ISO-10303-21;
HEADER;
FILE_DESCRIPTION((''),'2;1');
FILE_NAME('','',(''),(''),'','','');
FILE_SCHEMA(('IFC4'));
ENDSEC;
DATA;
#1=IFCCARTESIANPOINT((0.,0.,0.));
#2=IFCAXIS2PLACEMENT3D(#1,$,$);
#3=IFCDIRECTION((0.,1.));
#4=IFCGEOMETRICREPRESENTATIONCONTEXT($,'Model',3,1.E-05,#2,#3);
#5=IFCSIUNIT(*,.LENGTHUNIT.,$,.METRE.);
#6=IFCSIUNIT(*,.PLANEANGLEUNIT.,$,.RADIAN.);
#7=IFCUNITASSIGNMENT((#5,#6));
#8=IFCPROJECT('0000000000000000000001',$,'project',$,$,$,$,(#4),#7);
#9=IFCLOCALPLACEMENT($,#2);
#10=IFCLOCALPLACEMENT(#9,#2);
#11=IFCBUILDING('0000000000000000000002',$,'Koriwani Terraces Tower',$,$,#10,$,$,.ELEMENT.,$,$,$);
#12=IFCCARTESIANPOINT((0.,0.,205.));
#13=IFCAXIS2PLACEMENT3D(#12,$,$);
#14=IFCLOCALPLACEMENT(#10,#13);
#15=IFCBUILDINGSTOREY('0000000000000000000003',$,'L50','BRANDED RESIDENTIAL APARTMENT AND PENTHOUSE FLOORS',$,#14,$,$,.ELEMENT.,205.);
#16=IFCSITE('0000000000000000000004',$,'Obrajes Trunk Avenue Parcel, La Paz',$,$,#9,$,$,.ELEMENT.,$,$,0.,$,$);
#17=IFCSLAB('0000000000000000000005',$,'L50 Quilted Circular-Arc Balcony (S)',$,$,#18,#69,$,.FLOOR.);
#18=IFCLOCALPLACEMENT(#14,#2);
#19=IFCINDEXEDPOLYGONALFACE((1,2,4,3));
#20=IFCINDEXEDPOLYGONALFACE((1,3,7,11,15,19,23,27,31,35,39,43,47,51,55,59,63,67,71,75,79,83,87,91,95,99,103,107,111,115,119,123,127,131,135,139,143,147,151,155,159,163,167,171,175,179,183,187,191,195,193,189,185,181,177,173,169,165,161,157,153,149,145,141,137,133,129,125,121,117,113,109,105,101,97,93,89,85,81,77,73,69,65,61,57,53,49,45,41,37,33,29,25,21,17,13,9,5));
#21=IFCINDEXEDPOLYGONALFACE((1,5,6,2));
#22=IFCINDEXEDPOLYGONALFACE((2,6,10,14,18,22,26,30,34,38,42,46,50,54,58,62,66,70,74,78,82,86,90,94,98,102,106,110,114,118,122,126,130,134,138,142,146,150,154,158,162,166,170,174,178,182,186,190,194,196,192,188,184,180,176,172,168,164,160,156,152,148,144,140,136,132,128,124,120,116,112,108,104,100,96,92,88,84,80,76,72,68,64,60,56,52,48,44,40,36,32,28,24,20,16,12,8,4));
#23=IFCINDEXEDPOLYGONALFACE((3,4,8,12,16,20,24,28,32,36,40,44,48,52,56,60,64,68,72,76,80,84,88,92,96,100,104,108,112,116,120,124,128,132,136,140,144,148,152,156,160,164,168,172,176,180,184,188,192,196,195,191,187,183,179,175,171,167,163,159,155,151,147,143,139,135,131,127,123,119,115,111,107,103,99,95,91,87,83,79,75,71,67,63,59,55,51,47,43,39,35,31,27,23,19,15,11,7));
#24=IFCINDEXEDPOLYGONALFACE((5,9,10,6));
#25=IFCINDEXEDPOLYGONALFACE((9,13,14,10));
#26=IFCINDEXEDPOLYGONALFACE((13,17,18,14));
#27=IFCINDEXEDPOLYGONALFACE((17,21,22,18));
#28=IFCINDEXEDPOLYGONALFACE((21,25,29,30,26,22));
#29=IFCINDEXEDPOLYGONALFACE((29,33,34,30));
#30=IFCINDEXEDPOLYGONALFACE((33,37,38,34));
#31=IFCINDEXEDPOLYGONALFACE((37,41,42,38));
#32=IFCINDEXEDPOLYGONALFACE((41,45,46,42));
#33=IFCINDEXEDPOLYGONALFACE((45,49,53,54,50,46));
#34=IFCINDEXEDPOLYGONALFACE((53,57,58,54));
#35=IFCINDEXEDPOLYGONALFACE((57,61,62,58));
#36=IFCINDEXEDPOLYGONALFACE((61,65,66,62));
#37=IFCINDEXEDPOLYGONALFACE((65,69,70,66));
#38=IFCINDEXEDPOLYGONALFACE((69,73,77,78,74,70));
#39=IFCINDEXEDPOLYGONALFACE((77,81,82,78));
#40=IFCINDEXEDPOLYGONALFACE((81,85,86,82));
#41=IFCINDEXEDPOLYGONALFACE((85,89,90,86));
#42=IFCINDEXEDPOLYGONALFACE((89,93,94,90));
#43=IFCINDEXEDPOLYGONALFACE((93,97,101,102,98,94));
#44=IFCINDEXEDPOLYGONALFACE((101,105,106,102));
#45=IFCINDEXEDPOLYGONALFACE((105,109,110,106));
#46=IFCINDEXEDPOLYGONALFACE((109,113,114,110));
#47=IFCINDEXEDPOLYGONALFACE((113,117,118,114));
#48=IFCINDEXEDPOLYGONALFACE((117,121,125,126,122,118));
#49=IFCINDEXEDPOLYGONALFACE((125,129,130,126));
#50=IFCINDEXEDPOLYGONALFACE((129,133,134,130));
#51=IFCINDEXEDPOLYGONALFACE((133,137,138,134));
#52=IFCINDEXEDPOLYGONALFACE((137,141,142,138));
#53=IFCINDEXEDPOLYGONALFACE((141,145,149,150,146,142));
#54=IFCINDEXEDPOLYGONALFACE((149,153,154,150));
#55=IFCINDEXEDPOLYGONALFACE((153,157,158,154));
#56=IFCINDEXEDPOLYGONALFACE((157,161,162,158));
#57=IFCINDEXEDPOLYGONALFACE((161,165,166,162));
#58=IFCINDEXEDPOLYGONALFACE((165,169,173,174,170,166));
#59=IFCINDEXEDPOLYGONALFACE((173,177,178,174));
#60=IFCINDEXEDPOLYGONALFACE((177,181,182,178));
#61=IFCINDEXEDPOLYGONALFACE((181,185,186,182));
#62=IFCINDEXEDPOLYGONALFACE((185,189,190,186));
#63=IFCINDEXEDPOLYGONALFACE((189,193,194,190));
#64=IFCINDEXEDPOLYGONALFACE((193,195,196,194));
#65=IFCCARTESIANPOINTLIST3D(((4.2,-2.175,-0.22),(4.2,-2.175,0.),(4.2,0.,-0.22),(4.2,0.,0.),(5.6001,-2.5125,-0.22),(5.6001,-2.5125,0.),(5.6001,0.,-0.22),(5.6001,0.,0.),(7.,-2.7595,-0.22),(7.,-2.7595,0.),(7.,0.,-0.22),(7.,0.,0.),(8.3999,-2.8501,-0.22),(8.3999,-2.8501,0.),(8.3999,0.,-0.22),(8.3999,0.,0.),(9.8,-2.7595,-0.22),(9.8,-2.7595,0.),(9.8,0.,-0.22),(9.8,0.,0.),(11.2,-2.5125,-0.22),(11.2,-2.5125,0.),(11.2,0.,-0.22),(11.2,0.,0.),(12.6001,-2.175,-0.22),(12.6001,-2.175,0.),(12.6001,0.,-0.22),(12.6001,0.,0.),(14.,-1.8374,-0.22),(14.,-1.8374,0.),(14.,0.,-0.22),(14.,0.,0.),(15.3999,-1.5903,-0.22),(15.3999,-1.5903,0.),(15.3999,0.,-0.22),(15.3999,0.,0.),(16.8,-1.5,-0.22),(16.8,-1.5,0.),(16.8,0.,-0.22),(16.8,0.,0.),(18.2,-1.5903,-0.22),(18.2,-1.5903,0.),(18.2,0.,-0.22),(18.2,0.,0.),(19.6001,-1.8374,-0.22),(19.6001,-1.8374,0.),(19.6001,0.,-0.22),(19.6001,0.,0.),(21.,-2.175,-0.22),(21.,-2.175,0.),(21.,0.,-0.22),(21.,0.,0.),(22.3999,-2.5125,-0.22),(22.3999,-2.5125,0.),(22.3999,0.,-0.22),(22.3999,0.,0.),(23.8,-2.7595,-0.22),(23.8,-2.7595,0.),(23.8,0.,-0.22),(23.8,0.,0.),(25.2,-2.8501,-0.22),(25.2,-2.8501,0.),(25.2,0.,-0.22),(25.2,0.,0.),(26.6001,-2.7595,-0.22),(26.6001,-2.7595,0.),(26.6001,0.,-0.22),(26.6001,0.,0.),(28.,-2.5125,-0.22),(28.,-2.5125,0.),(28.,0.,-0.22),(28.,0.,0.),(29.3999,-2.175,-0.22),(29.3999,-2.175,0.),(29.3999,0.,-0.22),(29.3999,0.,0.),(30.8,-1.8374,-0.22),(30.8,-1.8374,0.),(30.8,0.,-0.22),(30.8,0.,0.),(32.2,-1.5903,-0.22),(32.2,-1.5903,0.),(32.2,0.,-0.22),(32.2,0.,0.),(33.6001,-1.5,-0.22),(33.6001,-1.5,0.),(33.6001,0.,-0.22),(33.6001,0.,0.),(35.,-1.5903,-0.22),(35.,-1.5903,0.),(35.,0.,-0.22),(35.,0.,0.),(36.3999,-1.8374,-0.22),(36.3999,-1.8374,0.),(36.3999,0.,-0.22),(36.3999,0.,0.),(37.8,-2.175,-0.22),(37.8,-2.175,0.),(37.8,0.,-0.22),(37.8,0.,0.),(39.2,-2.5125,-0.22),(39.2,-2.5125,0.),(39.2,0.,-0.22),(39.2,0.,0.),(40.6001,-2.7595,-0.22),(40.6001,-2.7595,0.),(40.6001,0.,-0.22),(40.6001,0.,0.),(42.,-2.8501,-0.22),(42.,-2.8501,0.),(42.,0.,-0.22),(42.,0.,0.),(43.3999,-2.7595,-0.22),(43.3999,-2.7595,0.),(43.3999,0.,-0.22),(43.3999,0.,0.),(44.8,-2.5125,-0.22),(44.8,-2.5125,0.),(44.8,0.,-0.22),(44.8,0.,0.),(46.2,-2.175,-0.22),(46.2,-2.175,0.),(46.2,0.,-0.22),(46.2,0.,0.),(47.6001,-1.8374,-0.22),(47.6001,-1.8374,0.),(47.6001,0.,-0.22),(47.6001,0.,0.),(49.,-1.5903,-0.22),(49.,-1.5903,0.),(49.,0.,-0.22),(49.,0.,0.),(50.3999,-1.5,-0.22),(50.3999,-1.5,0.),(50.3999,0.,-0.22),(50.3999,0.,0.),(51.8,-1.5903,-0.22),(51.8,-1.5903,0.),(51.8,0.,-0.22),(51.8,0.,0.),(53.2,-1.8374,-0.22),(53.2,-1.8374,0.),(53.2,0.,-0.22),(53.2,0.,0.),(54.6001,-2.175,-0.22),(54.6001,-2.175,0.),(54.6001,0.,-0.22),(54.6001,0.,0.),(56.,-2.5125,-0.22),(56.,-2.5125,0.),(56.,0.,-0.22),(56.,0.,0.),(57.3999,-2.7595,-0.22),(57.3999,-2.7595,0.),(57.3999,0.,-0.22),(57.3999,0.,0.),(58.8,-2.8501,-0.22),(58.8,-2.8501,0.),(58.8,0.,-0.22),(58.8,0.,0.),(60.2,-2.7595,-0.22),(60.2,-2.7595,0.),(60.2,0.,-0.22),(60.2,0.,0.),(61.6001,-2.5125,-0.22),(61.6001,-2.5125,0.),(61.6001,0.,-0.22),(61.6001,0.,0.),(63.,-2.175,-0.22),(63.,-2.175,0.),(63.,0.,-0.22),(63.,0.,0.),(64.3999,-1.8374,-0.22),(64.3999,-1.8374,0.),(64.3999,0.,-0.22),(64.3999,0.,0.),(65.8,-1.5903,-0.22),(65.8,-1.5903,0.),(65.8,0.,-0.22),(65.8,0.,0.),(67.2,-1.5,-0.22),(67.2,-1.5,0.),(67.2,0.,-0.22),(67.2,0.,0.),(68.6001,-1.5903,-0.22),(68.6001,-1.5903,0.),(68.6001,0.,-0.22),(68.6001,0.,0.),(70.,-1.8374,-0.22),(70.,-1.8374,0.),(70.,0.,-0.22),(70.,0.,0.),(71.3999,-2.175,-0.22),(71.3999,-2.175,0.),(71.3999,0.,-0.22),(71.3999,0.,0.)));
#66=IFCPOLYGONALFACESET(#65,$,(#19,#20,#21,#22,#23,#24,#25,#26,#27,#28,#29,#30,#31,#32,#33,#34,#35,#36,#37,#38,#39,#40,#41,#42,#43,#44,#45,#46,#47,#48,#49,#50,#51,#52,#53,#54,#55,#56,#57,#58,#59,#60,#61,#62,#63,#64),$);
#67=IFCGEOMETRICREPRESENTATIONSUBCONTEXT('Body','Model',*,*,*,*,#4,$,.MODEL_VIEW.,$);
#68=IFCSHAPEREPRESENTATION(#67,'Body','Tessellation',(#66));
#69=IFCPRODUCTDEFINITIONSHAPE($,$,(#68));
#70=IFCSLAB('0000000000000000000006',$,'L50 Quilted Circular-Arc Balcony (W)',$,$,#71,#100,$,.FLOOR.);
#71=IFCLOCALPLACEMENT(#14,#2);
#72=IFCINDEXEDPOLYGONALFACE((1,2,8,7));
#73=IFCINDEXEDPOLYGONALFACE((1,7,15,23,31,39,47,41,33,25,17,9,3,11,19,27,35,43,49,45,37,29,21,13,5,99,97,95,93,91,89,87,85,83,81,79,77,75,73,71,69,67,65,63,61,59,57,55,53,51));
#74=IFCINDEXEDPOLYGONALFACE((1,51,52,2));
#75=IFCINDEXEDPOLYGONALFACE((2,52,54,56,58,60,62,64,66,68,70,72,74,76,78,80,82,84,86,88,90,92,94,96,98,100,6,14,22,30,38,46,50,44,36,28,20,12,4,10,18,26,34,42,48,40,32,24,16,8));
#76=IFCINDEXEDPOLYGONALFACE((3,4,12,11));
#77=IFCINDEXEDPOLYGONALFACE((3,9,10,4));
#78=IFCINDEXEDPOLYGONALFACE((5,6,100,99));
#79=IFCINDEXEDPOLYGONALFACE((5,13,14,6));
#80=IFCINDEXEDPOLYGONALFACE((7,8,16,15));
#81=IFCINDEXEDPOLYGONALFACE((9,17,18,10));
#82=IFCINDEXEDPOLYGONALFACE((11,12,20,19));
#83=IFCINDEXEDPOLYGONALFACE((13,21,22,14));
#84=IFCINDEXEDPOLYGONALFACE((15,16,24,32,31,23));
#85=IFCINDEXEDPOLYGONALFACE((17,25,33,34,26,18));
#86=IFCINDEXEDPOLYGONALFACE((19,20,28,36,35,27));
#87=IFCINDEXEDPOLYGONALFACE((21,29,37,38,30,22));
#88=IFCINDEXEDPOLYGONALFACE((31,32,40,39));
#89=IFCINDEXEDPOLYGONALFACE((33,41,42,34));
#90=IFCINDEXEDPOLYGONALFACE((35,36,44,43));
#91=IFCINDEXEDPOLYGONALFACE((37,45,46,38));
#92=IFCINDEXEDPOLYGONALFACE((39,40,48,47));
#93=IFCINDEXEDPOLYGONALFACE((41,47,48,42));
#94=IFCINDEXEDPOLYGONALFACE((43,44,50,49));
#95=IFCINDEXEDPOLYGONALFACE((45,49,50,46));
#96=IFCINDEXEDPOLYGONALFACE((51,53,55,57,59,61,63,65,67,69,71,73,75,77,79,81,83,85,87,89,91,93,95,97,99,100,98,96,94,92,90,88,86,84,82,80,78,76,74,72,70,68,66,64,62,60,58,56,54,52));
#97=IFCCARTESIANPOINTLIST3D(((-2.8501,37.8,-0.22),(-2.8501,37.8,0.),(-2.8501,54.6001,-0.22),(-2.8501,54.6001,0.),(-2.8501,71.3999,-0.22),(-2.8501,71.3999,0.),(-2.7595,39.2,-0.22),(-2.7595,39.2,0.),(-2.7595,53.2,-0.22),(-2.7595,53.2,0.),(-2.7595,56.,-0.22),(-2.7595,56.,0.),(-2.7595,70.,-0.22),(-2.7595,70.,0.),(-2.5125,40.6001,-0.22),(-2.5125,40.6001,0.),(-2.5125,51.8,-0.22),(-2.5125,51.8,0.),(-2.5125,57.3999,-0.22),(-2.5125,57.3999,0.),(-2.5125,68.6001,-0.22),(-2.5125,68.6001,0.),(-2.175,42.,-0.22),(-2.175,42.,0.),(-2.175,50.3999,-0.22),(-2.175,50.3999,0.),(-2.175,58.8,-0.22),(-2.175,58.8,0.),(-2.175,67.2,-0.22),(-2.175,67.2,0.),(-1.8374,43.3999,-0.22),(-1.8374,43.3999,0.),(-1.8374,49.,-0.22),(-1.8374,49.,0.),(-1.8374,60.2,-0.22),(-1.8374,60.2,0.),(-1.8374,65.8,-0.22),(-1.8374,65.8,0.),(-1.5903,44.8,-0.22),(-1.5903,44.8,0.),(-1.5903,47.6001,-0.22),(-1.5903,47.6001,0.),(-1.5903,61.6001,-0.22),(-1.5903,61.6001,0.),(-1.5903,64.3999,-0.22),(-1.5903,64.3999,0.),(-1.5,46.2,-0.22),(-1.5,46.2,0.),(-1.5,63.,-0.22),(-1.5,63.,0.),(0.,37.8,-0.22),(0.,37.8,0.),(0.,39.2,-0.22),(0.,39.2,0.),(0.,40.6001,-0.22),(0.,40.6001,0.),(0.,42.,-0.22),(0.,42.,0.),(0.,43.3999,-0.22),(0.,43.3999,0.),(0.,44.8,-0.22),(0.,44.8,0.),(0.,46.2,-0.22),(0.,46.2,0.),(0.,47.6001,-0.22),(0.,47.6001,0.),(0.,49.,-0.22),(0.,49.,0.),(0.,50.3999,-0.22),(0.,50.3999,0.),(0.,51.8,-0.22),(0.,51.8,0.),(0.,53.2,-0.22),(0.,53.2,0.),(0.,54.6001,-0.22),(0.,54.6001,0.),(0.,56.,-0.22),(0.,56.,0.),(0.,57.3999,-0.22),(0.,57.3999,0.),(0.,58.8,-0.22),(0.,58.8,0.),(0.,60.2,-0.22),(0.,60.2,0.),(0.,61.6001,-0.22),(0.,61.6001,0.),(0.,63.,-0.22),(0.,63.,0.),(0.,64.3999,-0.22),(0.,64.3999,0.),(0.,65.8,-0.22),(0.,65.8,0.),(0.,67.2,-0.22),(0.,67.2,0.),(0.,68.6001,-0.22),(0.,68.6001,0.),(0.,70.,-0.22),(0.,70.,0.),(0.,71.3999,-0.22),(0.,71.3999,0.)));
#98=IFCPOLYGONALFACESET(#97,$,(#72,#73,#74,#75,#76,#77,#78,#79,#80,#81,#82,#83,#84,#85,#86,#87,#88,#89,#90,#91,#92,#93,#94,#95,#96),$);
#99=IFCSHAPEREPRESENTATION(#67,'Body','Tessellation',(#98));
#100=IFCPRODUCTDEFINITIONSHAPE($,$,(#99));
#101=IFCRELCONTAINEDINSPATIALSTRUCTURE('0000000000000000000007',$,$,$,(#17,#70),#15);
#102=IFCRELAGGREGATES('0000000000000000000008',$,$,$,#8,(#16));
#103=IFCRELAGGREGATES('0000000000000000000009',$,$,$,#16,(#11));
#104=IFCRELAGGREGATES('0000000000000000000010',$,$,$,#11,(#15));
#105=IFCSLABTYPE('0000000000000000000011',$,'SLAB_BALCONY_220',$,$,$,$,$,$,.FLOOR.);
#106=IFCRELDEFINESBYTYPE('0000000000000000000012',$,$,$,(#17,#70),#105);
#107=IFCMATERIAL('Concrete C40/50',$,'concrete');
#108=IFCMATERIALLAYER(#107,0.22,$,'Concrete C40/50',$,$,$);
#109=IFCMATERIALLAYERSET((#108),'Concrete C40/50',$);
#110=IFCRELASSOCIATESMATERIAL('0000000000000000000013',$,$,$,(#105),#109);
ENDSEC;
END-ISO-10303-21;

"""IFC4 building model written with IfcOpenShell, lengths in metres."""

from ifc_helpers import new_model, si_unit, direction, frame, origin, place, context, subcontext, project, spatial, polyline, outline, extrude, material, layer, layer_set, type_object, element, save


model = new_model("IFC4")

# Units and contexts
model_context = context("Model", 3, precision=1e-05, world=origin(), true_north=direction((0.0, 1.0)))
body_context = subcontext(model_context, "Body", "Model", "MODEL_VIEW")
ifc_project = project(units=[si_unit("LENGTHUNIT", "METRE"), si_unit("PLANEANGLEUNIT", "RADIAN")], contexts=[model_context])

# Site, building, storey
site_placement = place(None, origin())
site = spatial("IfcSite", under=ifc_project, at=site_placement, Name="Obrajes Trunk Avenue Parcel, La Paz", CompositionType="ELEMENT", RefElevation=0.0)
building_placement = place(site_placement, origin())
building = spatial("IfcBuilding", under=site, at=building_placement, Name="Koriwani Terraces Tower", CompositionType="ELEMENT")
storey_placement = place(building_placement, frame((0.0, 0.0, 205.0)))
storey = spatial("IfcBuildingStorey", under=building, at=storey_placement, Name="L50", Description="BRANDED RESIDENTIAL APARTMENT AND PENTHOUSE FLOORS", CompositionType="ELEMENT", Elevation=205.0)

# Shared definitions
ifc_material_1 = material(Name="Concrete C40/50", Category="concrete")

# Slabs
ifc_layer_1 = layer(ifc_material_1, 0.22, Name="Concrete C40/50")
ifc_layer_set_1 = layer_set([ifc_layer_1], Name="Concrete C40/50")
slab_type_1 = type_object("IfcSlabType", Name="SLAB_BALCONY_220", PredefinedType="FLOOR", material=ifc_layer_set_1)
slab_1_placement = place(storey_placement, frame((0.0, 0.0, -0.22)))
element("IfcSlab", 1, at=slab_1_placement, inside=storey, type_object=slab_type_1, Name="L50 Quilted Circular-Arc Balcony (S)", PredefinedType="FLOOR", context=body_context, shape_type="SweptSolid", body=[
    extrude(outline(polyline([(4.2, 0.0), (5.6001, 0.0), (7.0, 0.0), (8.3999, 0.0), (9.8, 0.0), (11.2, 0.0), (12.6001, 0.0), (14.0, 0.0), (15.3999, 0.0), (16.8, 0.0), (18.2, 0.0), (19.6001, 0.0), (21.0, 0.0), (22.3999, 0.0), (23.8, 0.0), (25.2, 0.0), (26.6001, 0.0), (28.0, 0.0), (29.3999, 0.0), (30.8, 0.0), (32.2, 0.0), (33.6001, 0.0), (35.0, 0.0), (36.3999, 0.0), (37.8, 0.0), (39.2, 0.0), (40.6001, 0.0), (42.0, 0.0), (43.3999, 0.0), (44.8, 0.0), (46.2, 0.0), (47.6001, 0.0), (49.0, 0.0), (50.3999, 0.0), (51.8, 0.0), (53.2, 0.0), (54.6001, 0.0), (56.0, 0.0), (57.3999, 0.0), (58.8, 0.0), (60.2, 0.0), (61.6001, 0.0), (63.0, 0.0), (64.3999, 0.0), (65.8, 0.0), (67.2, 0.0), (68.6001, 0.0), (70.0, 0.0), (71.3999, 0.0), (71.3999, -2.175), (70.0, -1.8374), (68.6001, -1.5903), (67.2, -1.5), (65.8, -1.5903), (64.3999, -1.8374), (63.0, -2.175), (61.6001, -2.5125), (60.2, -2.7595), (58.8, -2.8501), (57.3999, -2.7595), (56.0, -2.5125), (54.6001, -2.175), (53.2, -1.8374), (51.8, -1.5903), (50.3999, -1.5), (49.0, -1.5903), (47.6001, -1.8374), (46.2, -2.175), (44.8, -2.5125), (43.3999, -2.7595), (42.0, -2.8501), (40.6001, -2.7595), (39.2, -2.5125), (37.8, -2.175), (36.3999, -1.8374), (35.0, -1.5903), (33.6001, -1.5), (32.2, -1.5903), (30.8, -1.8374), (29.3999, -2.175), (28.0, -2.5125), (26.6001, -2.7595), (25.2, -2.8501), (23.8, -2.7595), (22.3999, -2.5125), (21.0, -2.175), (19.6001, -1.8374), (18.2, -1.5903), (16.8, -1.5), (15.3999, -1.5903), (14.0, -1.8374), (12.6001, -2.175), (11.2, -2.5125), (9.8, -2.7595), (8.3999, -2.8501), (7.0, -2.7595), (5.6001, -2.5125), (4.2, -2.175), (4.2, 0.0)])), origin(), (0.0, 0.0, 1.0), 0.22),
])
slab_2_placement = place(storey_placement, frame((0.0, 0.0, -0.22)))
element("IfcSlab", 2, at=slab_2_placement, inside=storey, type_object=slab_type_1, Name="L50 Quilted Circular-Arc Balcony (W)", PredefinedType="FLOOR", context=body_context, shape_type="SweptSolid", body=[
    extrude(outline(polyline([(0.0, 37.8), (0.0, 39.2), (0.0, 40.6001), (0.0, 42.0), (0.0, 43.3999), (0.0, 44.8), (0.0, 46.2), (0.0, 47.6001), (0.0, 49.0), (0.0, 50.3999), (0.0, 51.8), (0.0, 53.2), (0.0, 54.6001), (0.0, 56.0), (0.0, 57.3999), (0.0, 58.8), (0.0, 60.2), (0.0, 61.6001), (0.0, 63.0), (0.0, 64.3999), (0.0, 65.8), (0.0, 67.2), (0.0, 68.6001), (0.0, 70.0), (0.0, 71.3999), (-2.8501, 71.3999), (-2.7595, 70.0), (-2.5125, 68.6001), (-2.175, 67.2), (-1.8374, 65.8), (-1.5903, 64.3999), (-1.5, 63.0), (-1.5903, 61.6001), (-1.8374, 60.2), (-2.175, 58.8), (-2.5125, 57.3999), (-2.7595, 56.0), (-2.8501, 54.6001), (-2.7595, 53.2), (-2.5125, 51.8), (-2.175, 50.3999), (-1.8374, 49.0), (-1.5903, 47.6001), (-1.5, 46.2), (-1.5903, 44.8), (-1.8374, 43.3999), (-2.175, 42.0), (-2.5125, 40.6001), (-2.7595, 39.2), (-2.8501, 37.8), (0.0, 37.8)])), origin(), (0.0, 0.0, 1.0), 0.22),
])

save(model, "model.ifc")
